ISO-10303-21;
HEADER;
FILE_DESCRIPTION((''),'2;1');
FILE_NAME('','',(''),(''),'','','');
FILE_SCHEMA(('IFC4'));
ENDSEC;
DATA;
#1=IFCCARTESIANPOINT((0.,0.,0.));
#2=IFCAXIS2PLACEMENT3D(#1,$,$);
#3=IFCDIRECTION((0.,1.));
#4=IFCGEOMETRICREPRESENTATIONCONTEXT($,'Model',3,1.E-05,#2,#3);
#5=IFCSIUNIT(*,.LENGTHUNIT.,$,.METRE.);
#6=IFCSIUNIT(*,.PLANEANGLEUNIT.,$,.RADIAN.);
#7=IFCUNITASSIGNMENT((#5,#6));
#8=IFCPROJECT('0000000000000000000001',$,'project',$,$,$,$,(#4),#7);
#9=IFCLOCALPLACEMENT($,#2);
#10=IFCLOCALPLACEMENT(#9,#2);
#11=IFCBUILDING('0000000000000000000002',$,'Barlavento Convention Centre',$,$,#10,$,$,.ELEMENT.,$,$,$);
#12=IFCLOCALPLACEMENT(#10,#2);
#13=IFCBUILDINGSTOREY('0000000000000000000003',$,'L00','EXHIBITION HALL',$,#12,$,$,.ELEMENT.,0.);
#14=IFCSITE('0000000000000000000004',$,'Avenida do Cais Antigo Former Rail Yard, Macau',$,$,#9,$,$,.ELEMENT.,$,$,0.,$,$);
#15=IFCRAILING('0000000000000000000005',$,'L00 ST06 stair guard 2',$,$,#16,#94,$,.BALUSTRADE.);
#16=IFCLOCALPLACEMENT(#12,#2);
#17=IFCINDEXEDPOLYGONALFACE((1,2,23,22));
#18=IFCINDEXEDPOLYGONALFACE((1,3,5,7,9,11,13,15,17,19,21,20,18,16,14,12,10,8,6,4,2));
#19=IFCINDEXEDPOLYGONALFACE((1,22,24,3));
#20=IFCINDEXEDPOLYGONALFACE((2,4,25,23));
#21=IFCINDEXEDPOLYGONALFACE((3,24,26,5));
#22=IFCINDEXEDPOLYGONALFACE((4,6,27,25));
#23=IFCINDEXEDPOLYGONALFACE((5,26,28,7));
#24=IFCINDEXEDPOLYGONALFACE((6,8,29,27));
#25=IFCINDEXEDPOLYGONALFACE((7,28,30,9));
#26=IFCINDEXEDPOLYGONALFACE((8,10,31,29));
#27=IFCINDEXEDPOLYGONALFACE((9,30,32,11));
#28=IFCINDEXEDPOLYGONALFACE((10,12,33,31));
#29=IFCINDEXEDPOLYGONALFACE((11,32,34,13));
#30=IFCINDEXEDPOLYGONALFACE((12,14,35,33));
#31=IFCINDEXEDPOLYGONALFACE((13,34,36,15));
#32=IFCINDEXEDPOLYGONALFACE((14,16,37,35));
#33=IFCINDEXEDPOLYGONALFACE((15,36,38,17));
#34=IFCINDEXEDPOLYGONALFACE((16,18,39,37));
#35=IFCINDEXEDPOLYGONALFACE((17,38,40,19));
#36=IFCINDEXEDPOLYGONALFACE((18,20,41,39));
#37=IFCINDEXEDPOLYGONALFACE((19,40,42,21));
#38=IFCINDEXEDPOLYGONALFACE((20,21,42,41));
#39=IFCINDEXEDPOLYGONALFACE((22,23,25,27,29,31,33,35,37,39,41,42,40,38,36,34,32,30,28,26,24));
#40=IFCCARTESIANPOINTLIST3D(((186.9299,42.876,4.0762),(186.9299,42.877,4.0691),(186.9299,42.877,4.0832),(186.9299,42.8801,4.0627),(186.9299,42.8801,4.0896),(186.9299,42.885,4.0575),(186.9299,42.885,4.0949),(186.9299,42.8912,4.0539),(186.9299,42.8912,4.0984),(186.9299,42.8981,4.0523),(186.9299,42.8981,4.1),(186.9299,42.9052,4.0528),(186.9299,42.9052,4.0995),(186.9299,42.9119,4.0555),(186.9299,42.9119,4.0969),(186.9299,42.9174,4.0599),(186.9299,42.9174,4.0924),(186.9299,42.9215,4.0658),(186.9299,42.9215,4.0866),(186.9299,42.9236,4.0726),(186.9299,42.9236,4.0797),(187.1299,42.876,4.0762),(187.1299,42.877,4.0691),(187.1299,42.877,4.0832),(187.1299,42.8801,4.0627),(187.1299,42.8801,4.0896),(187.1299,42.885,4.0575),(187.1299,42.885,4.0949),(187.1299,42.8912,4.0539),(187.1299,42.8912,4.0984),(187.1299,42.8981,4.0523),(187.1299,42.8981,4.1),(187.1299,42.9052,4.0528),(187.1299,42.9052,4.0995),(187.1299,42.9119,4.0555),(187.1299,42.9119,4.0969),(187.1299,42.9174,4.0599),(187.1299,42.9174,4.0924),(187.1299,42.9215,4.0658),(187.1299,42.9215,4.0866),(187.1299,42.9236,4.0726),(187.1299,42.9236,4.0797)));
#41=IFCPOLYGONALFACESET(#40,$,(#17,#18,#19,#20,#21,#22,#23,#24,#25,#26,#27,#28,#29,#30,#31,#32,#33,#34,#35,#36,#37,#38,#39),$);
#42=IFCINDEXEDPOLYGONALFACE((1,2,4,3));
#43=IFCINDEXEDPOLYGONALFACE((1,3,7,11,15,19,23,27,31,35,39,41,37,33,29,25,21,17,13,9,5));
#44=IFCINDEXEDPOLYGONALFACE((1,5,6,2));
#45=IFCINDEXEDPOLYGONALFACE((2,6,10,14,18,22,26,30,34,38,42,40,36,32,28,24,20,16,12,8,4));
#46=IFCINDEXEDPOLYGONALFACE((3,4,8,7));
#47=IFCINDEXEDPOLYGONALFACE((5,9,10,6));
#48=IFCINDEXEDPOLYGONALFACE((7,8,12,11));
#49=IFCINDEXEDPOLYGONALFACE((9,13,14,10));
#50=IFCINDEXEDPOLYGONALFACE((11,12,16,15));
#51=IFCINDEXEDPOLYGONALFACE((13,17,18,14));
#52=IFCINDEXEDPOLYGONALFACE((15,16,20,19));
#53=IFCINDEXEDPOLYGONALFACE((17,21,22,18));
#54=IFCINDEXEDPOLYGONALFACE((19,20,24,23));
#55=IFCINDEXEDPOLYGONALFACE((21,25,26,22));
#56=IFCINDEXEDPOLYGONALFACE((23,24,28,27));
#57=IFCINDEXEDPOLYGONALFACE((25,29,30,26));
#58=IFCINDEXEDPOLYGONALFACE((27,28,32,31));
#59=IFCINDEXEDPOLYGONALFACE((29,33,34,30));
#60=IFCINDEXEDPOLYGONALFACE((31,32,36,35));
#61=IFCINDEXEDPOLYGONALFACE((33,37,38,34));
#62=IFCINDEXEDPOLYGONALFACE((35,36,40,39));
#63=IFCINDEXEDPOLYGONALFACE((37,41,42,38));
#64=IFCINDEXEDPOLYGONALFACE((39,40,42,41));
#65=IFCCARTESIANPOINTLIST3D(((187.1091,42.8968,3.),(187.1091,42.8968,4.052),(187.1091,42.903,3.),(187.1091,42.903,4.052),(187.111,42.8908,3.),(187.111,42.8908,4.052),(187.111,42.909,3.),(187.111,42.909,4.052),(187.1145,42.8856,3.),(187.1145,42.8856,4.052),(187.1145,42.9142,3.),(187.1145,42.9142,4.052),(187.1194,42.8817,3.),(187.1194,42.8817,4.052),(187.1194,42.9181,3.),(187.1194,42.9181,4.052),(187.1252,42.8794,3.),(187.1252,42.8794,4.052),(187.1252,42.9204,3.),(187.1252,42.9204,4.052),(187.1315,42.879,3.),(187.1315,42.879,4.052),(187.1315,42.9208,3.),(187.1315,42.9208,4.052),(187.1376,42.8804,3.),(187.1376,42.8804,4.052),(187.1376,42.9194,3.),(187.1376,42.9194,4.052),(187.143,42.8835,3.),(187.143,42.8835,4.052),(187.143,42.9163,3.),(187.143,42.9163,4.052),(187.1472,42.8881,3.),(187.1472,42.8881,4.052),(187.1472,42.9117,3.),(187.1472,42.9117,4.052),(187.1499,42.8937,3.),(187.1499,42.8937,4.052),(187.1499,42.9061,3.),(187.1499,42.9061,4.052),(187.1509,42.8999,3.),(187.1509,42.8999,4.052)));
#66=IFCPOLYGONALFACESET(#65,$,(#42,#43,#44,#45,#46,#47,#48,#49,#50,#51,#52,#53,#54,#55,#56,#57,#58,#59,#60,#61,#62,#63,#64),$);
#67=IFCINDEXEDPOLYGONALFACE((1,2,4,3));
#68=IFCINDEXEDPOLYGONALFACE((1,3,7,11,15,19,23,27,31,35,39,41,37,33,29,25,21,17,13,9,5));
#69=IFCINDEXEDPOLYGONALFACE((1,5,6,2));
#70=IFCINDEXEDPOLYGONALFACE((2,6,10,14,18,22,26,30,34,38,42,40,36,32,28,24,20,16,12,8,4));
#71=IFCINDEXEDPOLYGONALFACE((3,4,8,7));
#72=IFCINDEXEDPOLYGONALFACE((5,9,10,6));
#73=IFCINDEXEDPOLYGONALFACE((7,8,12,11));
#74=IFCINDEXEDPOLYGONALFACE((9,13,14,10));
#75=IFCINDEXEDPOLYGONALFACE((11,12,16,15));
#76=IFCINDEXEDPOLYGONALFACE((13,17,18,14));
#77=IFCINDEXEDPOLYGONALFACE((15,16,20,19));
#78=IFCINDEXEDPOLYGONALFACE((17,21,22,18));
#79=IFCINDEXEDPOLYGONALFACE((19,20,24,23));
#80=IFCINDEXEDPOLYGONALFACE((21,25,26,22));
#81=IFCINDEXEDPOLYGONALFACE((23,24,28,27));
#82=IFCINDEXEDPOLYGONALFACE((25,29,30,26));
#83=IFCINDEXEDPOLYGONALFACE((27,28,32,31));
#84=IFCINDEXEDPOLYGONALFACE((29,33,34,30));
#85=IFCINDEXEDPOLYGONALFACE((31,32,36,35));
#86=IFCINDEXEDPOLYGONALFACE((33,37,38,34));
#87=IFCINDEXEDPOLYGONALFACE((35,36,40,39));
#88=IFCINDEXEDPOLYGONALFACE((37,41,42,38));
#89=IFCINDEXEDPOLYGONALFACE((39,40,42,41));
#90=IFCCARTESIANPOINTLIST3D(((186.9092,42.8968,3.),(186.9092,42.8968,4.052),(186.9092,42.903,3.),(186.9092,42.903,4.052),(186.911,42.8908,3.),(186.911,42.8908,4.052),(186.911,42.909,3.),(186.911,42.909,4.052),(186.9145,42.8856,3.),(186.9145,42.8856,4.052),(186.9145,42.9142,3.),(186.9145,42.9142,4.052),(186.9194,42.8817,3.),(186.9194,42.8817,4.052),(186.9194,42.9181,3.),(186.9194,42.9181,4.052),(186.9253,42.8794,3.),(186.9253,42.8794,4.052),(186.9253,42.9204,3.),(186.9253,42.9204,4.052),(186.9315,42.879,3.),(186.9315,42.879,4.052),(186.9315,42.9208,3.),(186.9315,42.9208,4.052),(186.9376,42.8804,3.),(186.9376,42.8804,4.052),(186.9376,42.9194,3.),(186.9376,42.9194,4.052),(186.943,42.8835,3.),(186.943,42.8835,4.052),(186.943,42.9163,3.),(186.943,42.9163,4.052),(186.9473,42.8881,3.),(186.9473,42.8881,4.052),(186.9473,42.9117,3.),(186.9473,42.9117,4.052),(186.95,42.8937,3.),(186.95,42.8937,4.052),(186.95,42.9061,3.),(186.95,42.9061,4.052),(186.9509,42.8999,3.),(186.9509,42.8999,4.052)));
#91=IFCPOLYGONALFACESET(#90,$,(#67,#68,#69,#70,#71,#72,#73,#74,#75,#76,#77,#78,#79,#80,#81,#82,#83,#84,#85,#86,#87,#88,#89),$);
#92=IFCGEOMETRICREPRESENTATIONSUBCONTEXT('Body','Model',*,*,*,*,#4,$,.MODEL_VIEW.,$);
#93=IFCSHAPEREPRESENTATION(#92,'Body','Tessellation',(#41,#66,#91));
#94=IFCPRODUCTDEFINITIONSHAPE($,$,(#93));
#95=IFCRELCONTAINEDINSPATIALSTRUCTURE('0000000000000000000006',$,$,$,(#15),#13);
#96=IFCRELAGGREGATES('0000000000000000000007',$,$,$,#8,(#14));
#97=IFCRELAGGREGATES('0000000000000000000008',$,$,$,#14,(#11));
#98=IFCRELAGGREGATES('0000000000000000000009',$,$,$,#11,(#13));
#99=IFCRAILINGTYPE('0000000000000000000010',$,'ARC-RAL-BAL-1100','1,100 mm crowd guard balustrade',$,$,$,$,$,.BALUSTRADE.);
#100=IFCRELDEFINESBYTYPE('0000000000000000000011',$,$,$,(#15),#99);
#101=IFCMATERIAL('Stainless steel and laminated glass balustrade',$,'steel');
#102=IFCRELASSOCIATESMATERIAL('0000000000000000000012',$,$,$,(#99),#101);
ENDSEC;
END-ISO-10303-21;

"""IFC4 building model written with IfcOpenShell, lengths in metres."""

from ifc_helpers import new_model, si_unit, direction, frame, origin, origin_2d, place, context, subcontext, project, spatial, circle, extrude, material, type_object, element, save


model = new_model("IFC4")

# Units and contexts
model_context = context("Model", 3, precision=1e-05, world=origin(), true_north=direction((0.0, 1.0)))
body_context = subcontext(model_context, "Body", "Model", "MODEL_VIEW")
ifc_project = project(units=[si_unit("LENGTHUNIT", "METRE"), si_unit("PLANEANGLEUNIT", "RADIAN")], contexts=[model_context])

# Site, building, storey
site_placement = place(None, origin())
site = spatial("IfcSite", under=ifc_project, at=site_placement, Name="Avenida do Cais Antigo Former Rail Yard, Macau", CompositionType="ELEMENT", RefElevation=0.0)
building_placement = place(site_placement, origin())
building = spatial("IfcBuilding", under=site, at=building_placement, Name="Barlavento Convention Centre", CompositionType="ELEMENT")
storey_placement = place(building_placement, origin())
storey = spatial("IfcBuildingStorey", under=building, at=storey_placement, Name="L00", Description="EXHIBITION HALL", CompositionType="ELEMENT", Elevation=0.0)

# Railing
ifc_material_1 = material(Name="Stainless steel and laminated glass balustrade", Category="steel")
railing_type_1 = type_object("IfcRailingType", Name="ARC-RAL-BAL-1100", Description="1,100 mm crowd guard balustrade", PredefinedType="BALUSTRADE", material=ifc_material_1)
railing_1_placement = place(storey_placement, frame((187.1299, 42.8999, 3.0)))
element("IfcRailing", 1, at=railing_1_placement, inside=storey, type_object=railing_type_1, Name="L00 ST06 stair guard 2", PredefinedType="BALUSTRADE", context=body_context, shape_type="SweptSolid", body=[
    extrude(circle(Radius=0.0239, at=origin_2d()), frame((0.0, 0.0, 1.0762), z_axis=(-1.0, 0.0, 0.0), x_axis=(0.0, -1.0, 0.0)), (0.0, 0.0, 1.0), 0.2),
    extrude(circle(Radius=0.021, at=origin_2d()), origin(), (0.0, 0.0, 1.0), 1.052),
    extrude(circle(Radius=0.021, at=origin_2d()), frame((-0.2, 0.0, 0.0)), (0.0, 0.0, 1.0), 1.052),
])

save(model, "model.ifc")
